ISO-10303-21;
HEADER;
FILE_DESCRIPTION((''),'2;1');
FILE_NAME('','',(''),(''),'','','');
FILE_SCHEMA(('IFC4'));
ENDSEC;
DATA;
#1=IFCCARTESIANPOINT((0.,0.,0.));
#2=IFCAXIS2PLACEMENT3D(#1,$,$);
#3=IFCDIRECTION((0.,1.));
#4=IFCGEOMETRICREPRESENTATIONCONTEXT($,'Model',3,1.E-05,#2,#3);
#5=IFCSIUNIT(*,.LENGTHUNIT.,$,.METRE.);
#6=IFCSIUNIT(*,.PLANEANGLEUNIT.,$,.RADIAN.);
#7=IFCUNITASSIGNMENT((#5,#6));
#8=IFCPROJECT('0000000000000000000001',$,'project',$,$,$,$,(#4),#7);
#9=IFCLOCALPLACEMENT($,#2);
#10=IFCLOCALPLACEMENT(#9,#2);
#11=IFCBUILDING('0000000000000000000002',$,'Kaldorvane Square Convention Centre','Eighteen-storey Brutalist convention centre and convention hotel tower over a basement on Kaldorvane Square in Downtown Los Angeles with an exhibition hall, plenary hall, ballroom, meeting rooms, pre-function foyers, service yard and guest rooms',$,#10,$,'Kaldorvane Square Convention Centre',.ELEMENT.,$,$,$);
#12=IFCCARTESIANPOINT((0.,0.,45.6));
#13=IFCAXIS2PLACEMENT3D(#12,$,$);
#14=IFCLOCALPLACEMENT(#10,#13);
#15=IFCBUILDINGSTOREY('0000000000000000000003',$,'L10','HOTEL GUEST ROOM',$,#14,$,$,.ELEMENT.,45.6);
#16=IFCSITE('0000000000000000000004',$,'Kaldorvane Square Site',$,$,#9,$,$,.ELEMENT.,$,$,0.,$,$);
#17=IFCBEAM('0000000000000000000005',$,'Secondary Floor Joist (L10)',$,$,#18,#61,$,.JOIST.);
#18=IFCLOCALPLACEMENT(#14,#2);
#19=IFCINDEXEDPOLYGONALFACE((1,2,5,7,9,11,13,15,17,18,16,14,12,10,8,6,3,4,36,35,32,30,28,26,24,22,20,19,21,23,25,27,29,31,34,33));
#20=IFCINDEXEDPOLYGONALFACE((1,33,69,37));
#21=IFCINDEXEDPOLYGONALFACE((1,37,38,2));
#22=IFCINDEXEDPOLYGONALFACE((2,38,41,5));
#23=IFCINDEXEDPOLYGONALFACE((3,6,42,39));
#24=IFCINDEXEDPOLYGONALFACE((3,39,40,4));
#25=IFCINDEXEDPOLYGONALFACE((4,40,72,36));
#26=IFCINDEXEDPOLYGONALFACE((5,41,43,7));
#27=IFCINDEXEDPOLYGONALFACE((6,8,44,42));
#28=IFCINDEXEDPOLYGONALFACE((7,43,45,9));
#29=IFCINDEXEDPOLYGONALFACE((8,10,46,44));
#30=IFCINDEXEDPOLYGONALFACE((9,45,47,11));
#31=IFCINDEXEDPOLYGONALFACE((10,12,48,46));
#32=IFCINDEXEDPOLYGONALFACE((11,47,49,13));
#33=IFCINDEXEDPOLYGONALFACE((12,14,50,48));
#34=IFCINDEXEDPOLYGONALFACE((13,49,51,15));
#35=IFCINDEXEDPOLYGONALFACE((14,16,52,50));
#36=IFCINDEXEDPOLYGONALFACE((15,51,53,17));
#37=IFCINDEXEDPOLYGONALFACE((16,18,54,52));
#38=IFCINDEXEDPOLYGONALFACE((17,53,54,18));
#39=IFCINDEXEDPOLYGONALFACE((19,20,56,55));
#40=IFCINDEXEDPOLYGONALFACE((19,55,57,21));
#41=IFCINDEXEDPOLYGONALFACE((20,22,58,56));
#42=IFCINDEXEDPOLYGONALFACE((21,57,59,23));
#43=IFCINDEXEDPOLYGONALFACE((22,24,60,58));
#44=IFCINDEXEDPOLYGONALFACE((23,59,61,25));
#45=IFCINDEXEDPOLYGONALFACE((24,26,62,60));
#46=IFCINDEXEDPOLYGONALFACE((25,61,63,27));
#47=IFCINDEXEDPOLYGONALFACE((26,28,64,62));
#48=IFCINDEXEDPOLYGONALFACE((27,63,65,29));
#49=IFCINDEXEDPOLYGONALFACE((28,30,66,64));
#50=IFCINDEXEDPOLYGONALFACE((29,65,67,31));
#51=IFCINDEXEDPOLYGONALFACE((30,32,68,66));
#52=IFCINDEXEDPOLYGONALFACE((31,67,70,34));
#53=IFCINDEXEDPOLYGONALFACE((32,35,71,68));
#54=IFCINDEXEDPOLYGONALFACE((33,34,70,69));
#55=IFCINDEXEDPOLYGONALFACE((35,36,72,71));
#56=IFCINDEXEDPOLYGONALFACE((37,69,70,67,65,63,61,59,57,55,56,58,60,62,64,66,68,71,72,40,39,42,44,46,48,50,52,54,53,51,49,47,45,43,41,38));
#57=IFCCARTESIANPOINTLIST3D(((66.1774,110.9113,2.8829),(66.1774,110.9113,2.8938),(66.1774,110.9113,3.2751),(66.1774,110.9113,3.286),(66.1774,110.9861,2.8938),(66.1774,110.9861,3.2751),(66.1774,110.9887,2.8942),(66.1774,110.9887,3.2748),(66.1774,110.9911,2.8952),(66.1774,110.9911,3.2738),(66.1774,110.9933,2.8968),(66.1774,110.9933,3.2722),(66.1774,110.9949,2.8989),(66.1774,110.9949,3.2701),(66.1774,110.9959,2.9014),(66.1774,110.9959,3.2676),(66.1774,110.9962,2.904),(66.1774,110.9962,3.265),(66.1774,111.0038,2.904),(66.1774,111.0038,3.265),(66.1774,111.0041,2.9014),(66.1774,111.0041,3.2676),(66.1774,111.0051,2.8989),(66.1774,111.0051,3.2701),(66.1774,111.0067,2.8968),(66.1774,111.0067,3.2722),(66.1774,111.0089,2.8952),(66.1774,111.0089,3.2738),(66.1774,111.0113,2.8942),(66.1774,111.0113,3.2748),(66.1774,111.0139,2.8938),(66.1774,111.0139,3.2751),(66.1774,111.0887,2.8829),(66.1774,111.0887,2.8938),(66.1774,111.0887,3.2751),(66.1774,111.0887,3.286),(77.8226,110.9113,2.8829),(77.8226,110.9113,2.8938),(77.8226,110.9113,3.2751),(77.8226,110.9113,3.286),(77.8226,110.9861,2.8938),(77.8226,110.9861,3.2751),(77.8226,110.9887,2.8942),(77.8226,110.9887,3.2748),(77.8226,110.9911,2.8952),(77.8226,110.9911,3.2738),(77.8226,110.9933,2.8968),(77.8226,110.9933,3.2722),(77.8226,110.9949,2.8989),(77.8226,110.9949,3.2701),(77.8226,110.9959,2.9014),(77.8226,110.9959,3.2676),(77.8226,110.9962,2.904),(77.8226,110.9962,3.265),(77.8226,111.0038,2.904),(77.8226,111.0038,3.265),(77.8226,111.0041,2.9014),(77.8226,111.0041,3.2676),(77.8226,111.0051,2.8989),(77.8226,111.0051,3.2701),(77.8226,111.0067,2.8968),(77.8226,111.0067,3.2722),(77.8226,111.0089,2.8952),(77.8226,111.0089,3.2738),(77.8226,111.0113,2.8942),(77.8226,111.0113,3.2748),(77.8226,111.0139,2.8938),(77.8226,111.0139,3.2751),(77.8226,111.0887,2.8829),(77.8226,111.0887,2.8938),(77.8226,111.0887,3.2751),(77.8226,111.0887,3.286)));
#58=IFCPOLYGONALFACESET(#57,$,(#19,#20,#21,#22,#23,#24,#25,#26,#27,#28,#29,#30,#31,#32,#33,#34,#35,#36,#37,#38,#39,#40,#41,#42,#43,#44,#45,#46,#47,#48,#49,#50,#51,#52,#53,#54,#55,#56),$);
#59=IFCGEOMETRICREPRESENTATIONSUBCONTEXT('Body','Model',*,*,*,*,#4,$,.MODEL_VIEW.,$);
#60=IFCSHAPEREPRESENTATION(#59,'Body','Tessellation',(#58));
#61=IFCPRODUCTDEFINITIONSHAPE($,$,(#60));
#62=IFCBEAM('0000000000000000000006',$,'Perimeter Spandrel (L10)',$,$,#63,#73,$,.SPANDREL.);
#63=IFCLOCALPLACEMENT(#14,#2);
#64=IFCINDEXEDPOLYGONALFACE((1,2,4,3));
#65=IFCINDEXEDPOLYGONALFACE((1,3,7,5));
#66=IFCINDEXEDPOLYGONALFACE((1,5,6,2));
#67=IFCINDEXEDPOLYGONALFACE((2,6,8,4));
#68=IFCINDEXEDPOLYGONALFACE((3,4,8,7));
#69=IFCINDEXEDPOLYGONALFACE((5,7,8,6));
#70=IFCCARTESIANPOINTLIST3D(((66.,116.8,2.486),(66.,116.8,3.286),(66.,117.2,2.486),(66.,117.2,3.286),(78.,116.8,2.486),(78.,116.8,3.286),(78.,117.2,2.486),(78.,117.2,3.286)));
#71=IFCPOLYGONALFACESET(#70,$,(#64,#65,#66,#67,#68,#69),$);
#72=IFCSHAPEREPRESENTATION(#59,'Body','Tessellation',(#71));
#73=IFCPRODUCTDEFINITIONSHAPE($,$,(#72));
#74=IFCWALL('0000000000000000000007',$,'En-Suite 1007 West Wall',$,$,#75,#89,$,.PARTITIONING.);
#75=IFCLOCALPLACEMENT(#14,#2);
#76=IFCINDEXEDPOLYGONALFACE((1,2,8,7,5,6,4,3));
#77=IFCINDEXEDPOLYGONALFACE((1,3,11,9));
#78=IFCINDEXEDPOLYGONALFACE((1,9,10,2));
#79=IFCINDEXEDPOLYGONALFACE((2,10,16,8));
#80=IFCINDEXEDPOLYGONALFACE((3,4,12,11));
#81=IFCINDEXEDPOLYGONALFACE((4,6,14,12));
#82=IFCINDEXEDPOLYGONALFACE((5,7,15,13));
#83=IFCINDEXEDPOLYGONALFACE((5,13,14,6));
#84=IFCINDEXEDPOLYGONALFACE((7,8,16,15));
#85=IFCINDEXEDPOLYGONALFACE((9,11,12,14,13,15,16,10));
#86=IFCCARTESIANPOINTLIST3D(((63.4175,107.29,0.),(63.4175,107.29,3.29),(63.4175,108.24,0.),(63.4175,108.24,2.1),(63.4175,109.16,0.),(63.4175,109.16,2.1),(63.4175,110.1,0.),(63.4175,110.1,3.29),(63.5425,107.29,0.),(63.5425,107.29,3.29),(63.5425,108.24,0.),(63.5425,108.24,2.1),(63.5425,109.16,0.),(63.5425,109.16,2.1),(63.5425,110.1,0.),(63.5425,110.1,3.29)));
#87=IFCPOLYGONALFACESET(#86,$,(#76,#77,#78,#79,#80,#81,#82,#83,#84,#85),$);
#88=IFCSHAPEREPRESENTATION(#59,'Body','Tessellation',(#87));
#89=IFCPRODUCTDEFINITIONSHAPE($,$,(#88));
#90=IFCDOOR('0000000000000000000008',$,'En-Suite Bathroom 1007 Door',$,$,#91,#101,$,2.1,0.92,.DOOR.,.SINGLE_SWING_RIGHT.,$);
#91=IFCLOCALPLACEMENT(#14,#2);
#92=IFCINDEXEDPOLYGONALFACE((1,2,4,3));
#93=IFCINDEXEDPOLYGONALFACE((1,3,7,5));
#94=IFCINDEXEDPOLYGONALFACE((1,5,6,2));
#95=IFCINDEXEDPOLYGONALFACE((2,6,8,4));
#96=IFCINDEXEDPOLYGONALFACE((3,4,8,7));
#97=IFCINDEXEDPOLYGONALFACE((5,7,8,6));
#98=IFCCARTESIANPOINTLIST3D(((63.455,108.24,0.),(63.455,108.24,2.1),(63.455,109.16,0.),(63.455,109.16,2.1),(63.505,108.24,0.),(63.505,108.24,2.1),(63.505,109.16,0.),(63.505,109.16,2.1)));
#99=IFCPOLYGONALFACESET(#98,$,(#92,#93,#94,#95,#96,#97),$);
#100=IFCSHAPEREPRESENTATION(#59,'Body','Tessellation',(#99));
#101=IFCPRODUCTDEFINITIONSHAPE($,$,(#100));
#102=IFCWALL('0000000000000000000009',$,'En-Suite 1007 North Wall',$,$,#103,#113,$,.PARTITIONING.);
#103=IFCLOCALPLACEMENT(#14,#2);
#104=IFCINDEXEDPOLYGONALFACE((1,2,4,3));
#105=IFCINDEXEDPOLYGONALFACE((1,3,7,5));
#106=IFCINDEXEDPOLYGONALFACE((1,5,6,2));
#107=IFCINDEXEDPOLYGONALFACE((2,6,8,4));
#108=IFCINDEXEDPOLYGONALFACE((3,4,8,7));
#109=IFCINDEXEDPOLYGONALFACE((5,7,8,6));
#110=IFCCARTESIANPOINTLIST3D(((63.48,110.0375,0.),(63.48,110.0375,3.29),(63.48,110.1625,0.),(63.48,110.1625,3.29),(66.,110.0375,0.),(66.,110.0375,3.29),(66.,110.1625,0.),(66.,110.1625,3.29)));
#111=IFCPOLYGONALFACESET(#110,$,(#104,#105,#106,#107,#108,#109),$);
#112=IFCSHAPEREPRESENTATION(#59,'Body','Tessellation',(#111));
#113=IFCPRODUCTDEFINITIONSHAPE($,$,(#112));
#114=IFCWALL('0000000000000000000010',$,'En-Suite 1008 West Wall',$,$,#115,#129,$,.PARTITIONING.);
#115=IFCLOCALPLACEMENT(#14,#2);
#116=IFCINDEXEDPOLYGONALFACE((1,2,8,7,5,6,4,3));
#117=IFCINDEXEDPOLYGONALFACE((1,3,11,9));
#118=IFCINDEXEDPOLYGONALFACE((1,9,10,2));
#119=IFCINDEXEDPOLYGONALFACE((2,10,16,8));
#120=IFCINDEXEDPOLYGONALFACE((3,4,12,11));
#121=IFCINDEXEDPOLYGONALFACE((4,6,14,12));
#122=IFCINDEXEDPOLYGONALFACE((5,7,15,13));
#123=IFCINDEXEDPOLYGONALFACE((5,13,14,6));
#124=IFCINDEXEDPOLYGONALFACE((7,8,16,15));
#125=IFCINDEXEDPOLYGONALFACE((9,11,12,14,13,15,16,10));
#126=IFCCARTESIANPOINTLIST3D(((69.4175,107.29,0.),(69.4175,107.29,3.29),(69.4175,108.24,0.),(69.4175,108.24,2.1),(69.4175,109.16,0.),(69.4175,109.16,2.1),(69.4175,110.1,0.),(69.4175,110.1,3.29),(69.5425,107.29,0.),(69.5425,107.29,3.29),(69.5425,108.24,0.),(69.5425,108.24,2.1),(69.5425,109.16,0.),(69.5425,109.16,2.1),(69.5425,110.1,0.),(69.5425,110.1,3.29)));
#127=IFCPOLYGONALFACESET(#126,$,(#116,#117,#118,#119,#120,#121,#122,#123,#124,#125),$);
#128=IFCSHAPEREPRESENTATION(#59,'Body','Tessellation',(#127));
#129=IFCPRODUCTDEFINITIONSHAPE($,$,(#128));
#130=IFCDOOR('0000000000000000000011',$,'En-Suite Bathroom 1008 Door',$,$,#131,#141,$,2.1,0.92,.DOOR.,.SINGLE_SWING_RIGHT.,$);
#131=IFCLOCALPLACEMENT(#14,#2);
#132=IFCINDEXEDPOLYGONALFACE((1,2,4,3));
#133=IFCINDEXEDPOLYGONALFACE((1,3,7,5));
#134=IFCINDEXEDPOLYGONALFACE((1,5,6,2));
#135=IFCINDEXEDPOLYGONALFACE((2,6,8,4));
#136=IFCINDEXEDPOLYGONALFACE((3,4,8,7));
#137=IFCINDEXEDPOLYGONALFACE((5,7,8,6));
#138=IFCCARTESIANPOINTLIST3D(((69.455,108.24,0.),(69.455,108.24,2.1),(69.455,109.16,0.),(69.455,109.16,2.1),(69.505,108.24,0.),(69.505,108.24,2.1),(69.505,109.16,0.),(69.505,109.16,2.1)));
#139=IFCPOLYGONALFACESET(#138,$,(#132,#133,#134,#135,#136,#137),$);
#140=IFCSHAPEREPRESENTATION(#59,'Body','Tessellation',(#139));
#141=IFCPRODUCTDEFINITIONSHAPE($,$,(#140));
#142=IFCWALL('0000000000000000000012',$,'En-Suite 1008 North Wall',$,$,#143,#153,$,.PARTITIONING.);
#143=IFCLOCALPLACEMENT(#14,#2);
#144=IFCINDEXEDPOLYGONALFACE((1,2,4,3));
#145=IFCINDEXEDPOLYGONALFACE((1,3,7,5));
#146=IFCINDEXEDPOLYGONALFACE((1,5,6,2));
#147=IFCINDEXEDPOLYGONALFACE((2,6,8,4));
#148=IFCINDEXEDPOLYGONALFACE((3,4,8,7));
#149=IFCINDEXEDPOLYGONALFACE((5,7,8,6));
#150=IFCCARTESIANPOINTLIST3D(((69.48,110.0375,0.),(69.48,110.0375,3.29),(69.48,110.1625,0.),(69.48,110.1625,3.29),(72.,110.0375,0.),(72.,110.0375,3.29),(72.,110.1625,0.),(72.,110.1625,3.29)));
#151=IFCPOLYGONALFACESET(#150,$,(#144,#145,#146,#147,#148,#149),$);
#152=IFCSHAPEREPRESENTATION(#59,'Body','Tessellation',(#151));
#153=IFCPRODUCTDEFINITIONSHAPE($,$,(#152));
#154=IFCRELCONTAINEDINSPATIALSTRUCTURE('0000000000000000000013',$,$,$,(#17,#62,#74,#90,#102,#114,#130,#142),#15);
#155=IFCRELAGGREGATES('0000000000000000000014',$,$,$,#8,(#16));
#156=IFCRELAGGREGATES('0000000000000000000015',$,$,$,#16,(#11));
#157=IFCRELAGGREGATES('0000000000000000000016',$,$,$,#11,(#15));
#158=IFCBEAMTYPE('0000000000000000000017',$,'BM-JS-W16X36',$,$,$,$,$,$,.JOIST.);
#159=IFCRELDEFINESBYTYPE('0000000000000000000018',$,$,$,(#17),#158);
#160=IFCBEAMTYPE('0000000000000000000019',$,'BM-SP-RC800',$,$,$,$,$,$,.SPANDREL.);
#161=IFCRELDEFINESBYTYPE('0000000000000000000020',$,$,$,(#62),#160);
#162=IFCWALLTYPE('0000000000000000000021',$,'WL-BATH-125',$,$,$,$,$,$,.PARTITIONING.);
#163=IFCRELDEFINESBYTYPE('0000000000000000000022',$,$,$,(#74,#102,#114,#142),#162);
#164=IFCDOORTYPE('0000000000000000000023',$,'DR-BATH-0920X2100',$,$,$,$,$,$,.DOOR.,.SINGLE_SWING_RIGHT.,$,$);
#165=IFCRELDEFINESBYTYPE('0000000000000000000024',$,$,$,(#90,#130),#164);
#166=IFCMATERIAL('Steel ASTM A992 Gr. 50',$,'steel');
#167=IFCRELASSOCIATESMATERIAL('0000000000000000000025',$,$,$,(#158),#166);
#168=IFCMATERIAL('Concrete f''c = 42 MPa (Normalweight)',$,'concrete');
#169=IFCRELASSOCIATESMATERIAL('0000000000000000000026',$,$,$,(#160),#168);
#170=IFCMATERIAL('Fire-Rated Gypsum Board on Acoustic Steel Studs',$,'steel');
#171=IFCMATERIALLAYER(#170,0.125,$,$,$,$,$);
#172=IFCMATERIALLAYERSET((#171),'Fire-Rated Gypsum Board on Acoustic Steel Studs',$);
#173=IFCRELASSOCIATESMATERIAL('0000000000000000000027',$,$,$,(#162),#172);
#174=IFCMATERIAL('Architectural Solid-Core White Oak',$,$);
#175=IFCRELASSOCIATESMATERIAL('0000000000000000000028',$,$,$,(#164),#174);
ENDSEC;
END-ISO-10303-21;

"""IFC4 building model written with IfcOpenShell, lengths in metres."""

from ifc_helpers import new_model, si_unit, direction, frame, frame_2d, origin, origin_2d, place, context, subcontext, project, spatial, rectangle, i_section, extrude, material, layer, layer_set, material_profile, profile_set, type_object, element, fill, save


model = new_model("IFC4")

# Units and contexts
model_context = context("Model", 3, precision=1e-05, world=origin(), true_north=direction((0.0, 1.0)))
body_context = subcontext(model_context, "Body", "Model", "MODEL_VIEW")
ifc_project = project(units=[si_unit("LENGTHUNIT", "METRE"), si_unit("PLANEANGLEUNIT", "RADIAN")], contexts=[model_context])

# Site, building, storey
site_placement = place(None, origin())
site = spatial("IfcSite", under=ifc_project, at=site_placement, Name="Kaldorvane Square Site", CompositionType="ELEMENT", RefElevation=0.0)
building_placement = place(site_placement, origin())
building = spatial("IfcBuilding", under=site, at=building_placement, Name="Kaldorvane Square Convention Centre", Description="Eighteen-storey Brutalist convention centre and convention hotel tower over a basement on Kaldorvane Square in Downtown Los Angeles with an exhibition hall, plenary hall, ballroom, meeting rooms, pre-function foyers, service yard and guest rooms", LongName="Kaldorvane Square Convention Centre", CompositionType="ELEMENT")
storey_placement = place(building_placement, frame((0.0, 0.0, 45.6)))
storey = spatial("IfcBuildingStorey", under=building, at=storey_placement, Name="L10", Description="HOTEL GUEST ROOM", CompositionType="ELEMENT", Elevation=45.6)

# Shared definitions
ifc_material_1 = material(Name="Concrete f'c = 42 MPa (Normalweight)", Category="concrete")
ifc_material_2 = material(Name="Steel ASTM A992 Gr. 50", Category="steel")

# Beams
ifc_material_profile_1 = material_profile(ifc_material_2, i_section(OverallWidth=0.1774, OverallDepth=0.4031, WebThickness=0.0075, FlangeThickness=0.0109, FilletRadius=0.0102, at=origin_2d()), Name="W16X36")
ifc_profile_set_1 = profile_set([ifc_material_profile_1], Name="Steel ASTM A992 Gr. 50")
beam_type_1 = type_object("IfcBeamType", Name="BM-JS-W16X36", PredefinedType="JOIST", material=ifc_profile_set_1)
beam_1_placement = place(storey_placement, frame((66.1774, 111.0, 3.0845), z_axis=(1.0, 0.0, 0.0), x_axis=(0.0, 1.0, 0.0)))
element("IfcBeam", 1, at=beam_1_placement, inside=storey, type_object=beam_type_1, Name="Secondary Floor Joist (L10)", PredefinedType="JOIST", context=body_context, shape_type="SweptSolid", body=[
    extrude(i_section(OverallWidth=0.1774, OverallDepth=0.4031, WebThickness=0.0075, FlangeThickness=0.0109, FilletRadius=0.0102, at=origin_2d()), origin(), (0.0, 0.0, 1.0), 11.6452),
])
ifc_material_profile_2 = material_profile(ifc_material_1, rectangle(XDim=0.4, YDim=0.8, at=origin_2d()), Name="RCSP800X400")
ifc_profile_set_2 = profile_set([ifc_material_profile_2], Name="Concrete f'c = 42 MPa (Normalweight)")
beam_type_2 = type_object("IfcBeamType", Name="BM-SP-RC800", PredefinedType="SPANDREL", material=ifc_profile_set_2)
beam_2_placement = place(storey_placement, frame((66.0, 117.0, 2.886), z_axis=(1.0, 0.0, 0.0), x_axis=(0.0, 1.0, 0.0)))
element("IfcBeam", 2, at=beam_2_placement, inside=storey, type_object=beam_type_2, Name="Perimeter Spandrel (L10)", PredefinedType="SPANDREL", context=body_context, shape_type="SweptSolid", body=[
    extrude(rectangle(XDim=0.4, YDim=0.8, at=origin_2d()), origin(), (0.0, 0.0, 1.0), 12.0),
])

# Wall, opening, door
ifc_material_3 = material(Name="Fire-Rated Gypsum Board on Acoustic Steel Studs", Category="steel")
ifc_layer_1 = layer(ifc_material_3, 0.125)
ifc_layer_set_1 = layer_set([ifc_layer_1], Name="Fire-Rated Gypsum Board on Acoustic Steel Studs")
wall_type_1 = type_object("IfcWallType", Name="WL-BATH-125", PredefinedType="PARTITIONING", material=ifc_layer_set_1)
wall_1_placement = place(storey_placement, frame((63.48, 107.29, 0.0), z_axis=(0.0, 0.0, 1.0), x_axis=(0.0, 1.0, 0.0)))
wall_1 = element("IfcWall", 3, at=wall_1_placement, inside=storey, type_object=wall_type_1, Name="En-Suite 1007 West Wall", PredefinedType="PARTITIONING", context=body_context, shape_type="SweptSolid", body=[
    extrude(rectangle(XDim=2.81, YDim=0.125, at=frame_2d((1.405, 0.0))), origin(), (0.0, 0.0, 1.0), 3.29),
])
opening_1_placement = place(wall_1_placement, frame((0.95, 0.0, 0.0)))
opening_1 = element("IfcOpeningElement", 4, at=opening_1_placement, cuts=wall_1, PredefinedType="OPENING", context=body_context, shape_type="SweptSolid", body=[
    extrude(rectangle(XDim=0.92, YDim=2.1, at=frame_2d((0.46, 1.05))), frame((0.0, 0.0775, 0.0), z_axis=(0.0, -1.0, 0.0), x_axis=(1.0, 0.0, 0.0)), (0.0, 0.0, 1.0), 0.155),
])
ifc_material_4 = material(Name="Architectural Solid-Core White Oak")
door_type_1 = type_object("IfcDoorType", Name="DR-BATH-0920X2100", OperationType="SINGLE_SWING_RIGHT", PredefinedType="DOOR", material=ifc_material_4)
door_1_placement = place(opening_1_placement, origin())
door_1 = element("IfcDoor", 5, at=door_1_placement, inside=storey, type_object=door_type_1, Name="En-Suite Bathroom 1007 Door", OperationType="SINGLE_SWING_RIGHT", OverallHeight=2.1, OverallWidth=0.92, PredefinedType="DOOR", context=body_context, shape_type="SweptSolid", body=[
    extrude(rectangle(XDim=0.92, YDim=2.1, at=frame_2d((0.46, 1.05))), frame((0.0, 0.025, 0.0), z_axis=(0.0, -1.0, 0.0), x_axis=(1.0, 0.0, 0.0)), (0.0, 0.0, 1.0), 0.05),
])
fill(opening_1, door_1)

# Wall
wall_2_placement = place(storey_placement, frame((63.48, 110.1, 0.0), z_axis=(0.0, 0.0, 1.0), x_axis=(1.0, 0.0, 0.0)))
element("IfcWall", 6, at=wall_2_placement, inside=storey, type_object=wall_type_1, Name="En-Suite 1007 North Wall", PredefinedType="PARTITIONING", context=body_context, shape_type="SweptSolid", body=[
    extrude(rectangle(XDim=2.52, YDim=0.125, at=frame_2d((1.26, 0.0))), origin(), (0.0, 0.0, 1.0), 3.29),
])

# Wall, opening, door
wall_3_placement = place(storey_placement, frame((69.48, 107.29, 0.0), z_axis=(0.0, 0.0, 1.0), x_axis=(0.0, 1.0, 0.0)))
wall_3 = element("IfcWall", 7, at=wall_3_placement, inside=storey, type_object=wall_type_1, Name="En-Suite 1008 West Wall", PredefinedType="PARTITIONING", context=body_context, shape_type="SweptSolid", body=[
    extrude(rectangle(XDim=2.81, YDim=0.125, at=frame_2d((1.405, 0.0))), origin(), (0.0, 0.0, 1.0), 3.29),
])
opening_2_placement = place(wall_3_placement, frame((0.95, 0.0, 0.0)))
opening_2 = element("IfcOpeningElement", 8, at=opening_2_placement, cuts=wall_3, PredefinedType="OPENING", context=body_context, shape_type="SweptSolid", body=[
    extrude(rectangle(XDim=0.92, YDim=2.1, at=frame_2d((0.46, 1.05))), frame((0.0, 0.0775, 0.0), z_axis=(0.0, -1.0, 0.0), x_axis=(1.0, 0.0, 0.0)), (0.0, 0.0, 1.0), 0.155),
])
door_2_placement = place(opening_2_placement, origin())
door_2 = element("IfcDoor", 9, at=door_2_placement, inside=storey, type_object=door_type_1, Name="En-Suite Bathroom 1008 Door", OperationType="SINGLE_SWING_RIGHT", OverallHeight=2.1, OverallWidth=0.92, PredefinedType="DOOR", context=body_context, shape_type="SweptSolid", body=[
    extrude(rectangle(XDim=0.92, YDim=2.1, at=frame_2d((0.46, 1.05))), frame((0.0, 0.025, 0.0), z_axis=(0.0, -1.0, 0.0), x_axis=(1.0, 0.0, 0.0)), (0.0, 0.0, 1.0), 0.05),
])
fill(opening_2, door_2)

# Wall
wall_4_placement = place(storey_placement, frame((69.48, 110.1, 0.0), z_axis=(0.0, 0.0, 1.0), x_axis=(1.0, 0.0, 0.0)))
element("IfcWall", 10, at=wall_4_placement, inside=storey, type_object=wall_type_1, Name="En-Suite 1008 North Wall", PredefinedType="PARTITIONING", context=body_context, shape_type="SweptSolid", body=[
    extrude(rectangle(XDim=2.52, YDim=0.125, at=frame_2d((1.26, 0.0))), origin(), (0.0, 0.0, 1.0), 3.29),
])

save(model, "model.ifc")
